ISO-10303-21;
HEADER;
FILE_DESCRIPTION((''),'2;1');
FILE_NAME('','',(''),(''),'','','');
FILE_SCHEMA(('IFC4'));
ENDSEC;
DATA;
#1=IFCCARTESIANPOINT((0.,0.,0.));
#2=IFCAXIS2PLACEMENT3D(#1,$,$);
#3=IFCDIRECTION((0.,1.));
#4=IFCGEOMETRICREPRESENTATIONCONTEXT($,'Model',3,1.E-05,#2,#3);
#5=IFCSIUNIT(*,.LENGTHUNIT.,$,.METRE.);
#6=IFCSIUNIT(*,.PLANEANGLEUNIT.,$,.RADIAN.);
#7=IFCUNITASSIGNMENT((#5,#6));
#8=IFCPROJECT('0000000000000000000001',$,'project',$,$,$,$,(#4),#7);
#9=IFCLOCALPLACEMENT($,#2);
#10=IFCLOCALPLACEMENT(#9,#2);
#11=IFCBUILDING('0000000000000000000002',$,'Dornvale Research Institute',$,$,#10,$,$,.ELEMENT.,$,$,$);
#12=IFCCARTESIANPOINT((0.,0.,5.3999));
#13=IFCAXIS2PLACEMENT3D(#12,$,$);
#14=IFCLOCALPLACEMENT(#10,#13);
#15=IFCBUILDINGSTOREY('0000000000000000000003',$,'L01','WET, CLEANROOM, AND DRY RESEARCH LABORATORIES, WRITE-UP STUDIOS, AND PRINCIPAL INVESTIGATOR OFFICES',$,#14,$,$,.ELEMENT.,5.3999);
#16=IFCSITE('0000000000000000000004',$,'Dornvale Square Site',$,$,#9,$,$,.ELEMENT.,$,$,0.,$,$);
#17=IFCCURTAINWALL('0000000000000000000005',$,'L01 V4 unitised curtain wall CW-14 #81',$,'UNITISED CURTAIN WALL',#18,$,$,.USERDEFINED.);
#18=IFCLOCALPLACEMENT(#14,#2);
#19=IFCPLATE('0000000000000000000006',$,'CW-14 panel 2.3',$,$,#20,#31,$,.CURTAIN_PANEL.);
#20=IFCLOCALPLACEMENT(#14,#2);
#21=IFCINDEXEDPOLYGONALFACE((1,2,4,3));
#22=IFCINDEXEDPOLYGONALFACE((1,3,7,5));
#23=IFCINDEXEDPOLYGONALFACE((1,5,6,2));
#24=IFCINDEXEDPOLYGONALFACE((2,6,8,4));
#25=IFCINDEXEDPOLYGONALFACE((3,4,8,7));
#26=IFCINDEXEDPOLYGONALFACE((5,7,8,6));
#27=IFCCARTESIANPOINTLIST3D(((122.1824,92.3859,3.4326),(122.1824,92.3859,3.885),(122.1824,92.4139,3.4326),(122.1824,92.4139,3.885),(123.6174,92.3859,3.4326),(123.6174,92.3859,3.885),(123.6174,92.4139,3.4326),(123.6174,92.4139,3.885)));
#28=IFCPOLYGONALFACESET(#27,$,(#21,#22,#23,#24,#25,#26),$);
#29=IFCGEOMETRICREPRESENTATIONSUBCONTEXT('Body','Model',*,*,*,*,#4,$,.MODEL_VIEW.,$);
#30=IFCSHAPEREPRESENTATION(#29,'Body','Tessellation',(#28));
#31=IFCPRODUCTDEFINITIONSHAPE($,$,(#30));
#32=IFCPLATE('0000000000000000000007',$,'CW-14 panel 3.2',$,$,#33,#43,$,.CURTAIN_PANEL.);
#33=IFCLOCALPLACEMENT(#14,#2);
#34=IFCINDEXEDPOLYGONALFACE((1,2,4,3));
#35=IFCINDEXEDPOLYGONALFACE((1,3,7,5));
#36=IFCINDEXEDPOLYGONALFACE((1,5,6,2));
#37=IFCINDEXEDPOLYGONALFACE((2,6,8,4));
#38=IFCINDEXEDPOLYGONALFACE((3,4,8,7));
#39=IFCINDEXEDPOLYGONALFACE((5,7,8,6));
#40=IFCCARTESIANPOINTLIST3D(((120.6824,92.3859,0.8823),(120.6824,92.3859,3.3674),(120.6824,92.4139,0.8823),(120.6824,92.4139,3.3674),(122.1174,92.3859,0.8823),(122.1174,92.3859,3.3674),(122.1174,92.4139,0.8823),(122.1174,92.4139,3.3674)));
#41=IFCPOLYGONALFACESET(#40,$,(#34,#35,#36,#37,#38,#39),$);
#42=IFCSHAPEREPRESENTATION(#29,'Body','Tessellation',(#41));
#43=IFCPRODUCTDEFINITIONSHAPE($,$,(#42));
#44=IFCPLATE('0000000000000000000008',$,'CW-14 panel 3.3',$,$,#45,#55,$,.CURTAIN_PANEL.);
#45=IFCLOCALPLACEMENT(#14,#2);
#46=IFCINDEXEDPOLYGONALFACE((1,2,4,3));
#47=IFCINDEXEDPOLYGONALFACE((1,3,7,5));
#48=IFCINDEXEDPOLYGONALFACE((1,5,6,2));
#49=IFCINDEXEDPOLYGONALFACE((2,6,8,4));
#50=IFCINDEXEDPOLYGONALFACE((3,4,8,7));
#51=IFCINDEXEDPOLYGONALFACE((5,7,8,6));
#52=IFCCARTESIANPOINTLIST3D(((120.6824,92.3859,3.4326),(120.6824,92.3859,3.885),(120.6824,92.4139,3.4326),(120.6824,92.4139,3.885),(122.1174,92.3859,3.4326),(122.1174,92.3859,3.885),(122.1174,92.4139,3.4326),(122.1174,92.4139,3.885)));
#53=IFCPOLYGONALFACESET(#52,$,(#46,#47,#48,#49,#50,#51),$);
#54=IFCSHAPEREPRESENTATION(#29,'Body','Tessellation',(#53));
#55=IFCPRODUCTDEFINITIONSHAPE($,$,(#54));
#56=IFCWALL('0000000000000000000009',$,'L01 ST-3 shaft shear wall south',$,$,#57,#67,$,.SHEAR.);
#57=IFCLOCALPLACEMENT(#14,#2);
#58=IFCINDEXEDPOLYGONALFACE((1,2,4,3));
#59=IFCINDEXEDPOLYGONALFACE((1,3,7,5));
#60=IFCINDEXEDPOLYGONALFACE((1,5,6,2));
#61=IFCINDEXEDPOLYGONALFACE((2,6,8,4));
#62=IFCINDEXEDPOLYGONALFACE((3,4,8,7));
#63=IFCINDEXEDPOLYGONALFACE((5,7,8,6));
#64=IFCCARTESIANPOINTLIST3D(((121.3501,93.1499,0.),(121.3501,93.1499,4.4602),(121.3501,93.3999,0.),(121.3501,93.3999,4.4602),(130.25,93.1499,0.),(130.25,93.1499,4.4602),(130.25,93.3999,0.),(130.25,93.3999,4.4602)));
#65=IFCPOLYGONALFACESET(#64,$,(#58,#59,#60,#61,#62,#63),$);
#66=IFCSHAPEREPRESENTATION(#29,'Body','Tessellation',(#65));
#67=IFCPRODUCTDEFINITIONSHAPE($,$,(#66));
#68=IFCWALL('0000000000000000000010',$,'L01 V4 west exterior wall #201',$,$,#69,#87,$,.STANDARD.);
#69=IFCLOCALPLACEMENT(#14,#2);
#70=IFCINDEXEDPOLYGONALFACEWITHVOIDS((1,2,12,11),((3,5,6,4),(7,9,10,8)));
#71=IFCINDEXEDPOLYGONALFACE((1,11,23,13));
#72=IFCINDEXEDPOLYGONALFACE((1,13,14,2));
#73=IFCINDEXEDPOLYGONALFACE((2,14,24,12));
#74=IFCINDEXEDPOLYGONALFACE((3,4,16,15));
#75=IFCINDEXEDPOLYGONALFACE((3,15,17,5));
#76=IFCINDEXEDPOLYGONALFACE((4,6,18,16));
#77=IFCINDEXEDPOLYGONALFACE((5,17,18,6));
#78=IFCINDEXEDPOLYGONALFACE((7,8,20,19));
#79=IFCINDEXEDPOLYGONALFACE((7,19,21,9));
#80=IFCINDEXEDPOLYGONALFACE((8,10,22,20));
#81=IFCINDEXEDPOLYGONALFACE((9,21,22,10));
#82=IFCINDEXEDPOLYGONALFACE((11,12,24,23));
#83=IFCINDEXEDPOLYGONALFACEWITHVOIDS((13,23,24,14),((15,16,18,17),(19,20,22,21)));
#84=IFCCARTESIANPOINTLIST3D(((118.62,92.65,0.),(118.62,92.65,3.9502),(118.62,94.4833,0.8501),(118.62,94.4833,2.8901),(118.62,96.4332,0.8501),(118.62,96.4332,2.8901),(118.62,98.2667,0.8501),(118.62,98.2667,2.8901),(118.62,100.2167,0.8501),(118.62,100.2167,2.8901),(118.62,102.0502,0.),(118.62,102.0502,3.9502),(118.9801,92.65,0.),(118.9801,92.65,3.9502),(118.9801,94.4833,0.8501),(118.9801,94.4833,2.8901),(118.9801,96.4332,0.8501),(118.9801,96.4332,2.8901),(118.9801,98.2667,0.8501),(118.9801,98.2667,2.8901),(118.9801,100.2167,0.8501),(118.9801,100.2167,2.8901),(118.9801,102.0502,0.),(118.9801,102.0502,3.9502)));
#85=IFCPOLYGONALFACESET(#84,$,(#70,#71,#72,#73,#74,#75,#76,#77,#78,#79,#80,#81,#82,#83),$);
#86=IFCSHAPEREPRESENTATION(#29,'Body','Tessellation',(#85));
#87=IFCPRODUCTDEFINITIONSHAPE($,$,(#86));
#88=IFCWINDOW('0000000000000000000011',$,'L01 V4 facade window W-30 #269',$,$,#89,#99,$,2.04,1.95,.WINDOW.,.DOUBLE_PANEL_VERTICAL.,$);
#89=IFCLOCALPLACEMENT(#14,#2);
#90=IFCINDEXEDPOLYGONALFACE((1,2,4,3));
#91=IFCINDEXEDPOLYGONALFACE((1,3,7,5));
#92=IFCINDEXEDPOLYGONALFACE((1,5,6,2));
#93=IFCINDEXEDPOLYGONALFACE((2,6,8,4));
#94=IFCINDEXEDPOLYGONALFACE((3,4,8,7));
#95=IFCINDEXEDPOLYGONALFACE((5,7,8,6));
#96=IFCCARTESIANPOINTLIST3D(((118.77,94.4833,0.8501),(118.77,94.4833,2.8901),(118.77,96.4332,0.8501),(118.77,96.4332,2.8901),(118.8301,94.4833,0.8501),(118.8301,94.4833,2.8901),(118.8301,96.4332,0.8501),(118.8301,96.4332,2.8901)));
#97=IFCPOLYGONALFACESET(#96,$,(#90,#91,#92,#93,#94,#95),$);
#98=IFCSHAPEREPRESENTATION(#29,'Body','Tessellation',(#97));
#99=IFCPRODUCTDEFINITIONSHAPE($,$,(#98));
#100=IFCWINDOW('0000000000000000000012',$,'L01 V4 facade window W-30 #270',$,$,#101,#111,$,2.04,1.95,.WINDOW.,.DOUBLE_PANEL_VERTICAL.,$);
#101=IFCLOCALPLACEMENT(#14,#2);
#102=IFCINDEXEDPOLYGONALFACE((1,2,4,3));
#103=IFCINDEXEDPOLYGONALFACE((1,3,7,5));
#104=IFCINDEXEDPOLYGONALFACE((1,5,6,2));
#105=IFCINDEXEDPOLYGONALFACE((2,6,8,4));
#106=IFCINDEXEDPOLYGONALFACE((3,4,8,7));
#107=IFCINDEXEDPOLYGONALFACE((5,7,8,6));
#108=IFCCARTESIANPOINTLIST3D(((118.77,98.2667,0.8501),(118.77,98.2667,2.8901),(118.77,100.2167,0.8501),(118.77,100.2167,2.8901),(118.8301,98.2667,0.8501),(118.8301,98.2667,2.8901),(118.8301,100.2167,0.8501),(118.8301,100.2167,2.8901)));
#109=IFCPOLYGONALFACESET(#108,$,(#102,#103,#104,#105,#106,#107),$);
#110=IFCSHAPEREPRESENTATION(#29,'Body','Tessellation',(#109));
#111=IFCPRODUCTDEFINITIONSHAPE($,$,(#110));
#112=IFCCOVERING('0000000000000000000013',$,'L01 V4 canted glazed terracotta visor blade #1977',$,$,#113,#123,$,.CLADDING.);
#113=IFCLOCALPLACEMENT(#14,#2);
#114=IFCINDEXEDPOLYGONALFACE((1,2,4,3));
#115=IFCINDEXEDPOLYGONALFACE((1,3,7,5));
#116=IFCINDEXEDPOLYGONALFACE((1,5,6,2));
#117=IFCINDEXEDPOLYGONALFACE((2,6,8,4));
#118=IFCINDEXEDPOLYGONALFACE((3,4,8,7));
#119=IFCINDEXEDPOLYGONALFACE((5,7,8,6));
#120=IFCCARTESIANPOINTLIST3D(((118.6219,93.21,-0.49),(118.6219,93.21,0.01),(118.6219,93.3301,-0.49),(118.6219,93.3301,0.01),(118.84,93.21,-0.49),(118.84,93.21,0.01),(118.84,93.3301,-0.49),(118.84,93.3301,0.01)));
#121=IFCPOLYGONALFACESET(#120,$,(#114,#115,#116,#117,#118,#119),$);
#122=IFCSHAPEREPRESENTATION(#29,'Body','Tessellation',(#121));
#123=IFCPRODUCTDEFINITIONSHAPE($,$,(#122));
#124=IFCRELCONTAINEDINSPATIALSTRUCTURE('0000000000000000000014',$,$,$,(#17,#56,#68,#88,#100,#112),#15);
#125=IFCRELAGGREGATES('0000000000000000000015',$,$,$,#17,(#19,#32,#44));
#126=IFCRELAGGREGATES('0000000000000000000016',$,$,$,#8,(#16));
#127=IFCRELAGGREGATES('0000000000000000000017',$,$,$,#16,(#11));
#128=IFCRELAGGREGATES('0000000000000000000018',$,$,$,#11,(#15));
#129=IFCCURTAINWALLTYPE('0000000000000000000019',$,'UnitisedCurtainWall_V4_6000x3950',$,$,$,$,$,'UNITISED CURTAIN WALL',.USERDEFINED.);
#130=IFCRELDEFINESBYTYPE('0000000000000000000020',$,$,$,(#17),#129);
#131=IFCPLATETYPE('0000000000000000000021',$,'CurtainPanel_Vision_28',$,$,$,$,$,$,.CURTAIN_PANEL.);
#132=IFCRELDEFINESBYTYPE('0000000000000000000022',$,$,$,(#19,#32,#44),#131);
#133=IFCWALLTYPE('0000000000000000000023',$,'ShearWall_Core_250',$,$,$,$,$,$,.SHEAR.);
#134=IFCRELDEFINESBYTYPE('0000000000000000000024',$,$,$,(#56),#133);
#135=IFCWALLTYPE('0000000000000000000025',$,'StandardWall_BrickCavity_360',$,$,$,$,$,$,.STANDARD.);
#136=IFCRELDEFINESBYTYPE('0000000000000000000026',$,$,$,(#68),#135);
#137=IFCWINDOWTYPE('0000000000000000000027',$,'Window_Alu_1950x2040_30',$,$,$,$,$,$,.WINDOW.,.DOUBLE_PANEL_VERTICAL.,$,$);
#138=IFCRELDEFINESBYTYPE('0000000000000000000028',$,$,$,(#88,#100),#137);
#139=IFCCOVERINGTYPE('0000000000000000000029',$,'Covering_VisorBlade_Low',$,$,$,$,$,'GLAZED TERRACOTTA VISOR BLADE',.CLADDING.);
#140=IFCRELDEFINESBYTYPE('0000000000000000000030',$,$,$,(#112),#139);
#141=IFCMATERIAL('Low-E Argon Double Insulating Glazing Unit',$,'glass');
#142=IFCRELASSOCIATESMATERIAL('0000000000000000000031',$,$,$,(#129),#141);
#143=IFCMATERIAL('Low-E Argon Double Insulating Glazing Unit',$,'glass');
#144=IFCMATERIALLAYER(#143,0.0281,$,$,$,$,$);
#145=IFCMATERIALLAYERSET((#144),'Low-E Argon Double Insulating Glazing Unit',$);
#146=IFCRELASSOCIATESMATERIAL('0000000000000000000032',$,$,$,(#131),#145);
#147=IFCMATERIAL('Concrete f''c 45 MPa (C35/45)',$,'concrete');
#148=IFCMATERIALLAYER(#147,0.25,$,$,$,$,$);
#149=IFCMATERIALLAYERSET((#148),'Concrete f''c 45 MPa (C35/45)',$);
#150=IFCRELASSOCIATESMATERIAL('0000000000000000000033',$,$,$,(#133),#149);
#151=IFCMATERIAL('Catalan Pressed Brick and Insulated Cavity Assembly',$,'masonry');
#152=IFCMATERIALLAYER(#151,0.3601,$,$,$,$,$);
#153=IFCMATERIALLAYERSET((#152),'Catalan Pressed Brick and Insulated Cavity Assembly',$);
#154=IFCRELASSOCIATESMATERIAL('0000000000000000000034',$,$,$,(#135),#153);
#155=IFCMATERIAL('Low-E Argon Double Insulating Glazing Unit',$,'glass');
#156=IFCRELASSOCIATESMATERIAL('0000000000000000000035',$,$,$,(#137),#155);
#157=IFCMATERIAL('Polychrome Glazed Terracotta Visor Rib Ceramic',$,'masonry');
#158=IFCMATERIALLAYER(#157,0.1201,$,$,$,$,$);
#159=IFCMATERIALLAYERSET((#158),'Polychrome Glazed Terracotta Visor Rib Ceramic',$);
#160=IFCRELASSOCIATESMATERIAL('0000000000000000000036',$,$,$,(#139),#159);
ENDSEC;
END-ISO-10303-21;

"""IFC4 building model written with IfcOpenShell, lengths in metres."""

from ifc_helpers import new_model, si_unit, direction, frame, frame_2d, origin, origin_2d, place, context, subcontext, project, spatial, rectangle, extrude, material, layer, layer_set, type_object, element, fill, aggregate, save


model = new_model("IFC4")

# Units and contexts
model_context = context("Model", 3, precision=1e-05, world=origin(), true_north=direction((0.0, 1.0)))
body_context = subcontext(model_context, "Body", "Model", "MODEL_VIEW")
ifc_project = project(units=[si_unit("LENGTHUNIT", "METRE"), si_unit("PLANEANGLEUNIT", "RADIAN")], contexts=[model_context])

# Site, building, storey
site_placement = place(None, origin())
site = spatial("IfcSite", under=ifc_project, at=site_placement, Name="Dornvale Square Site", CompositionType="ELEMENT", RefElevation=0.0)
building_placement = place(site_placement, origin())
building = spatial("IfcBuilding", under=site, at=building_placement, Name="Dornvale Research Institute", CompositionType="ELEMENT")
storey_placement = place(building_placement, frame((0.0, 0.0, 5.3999)))
storey = spatial("IfcBuildingStorey", under=building, at=storey_placement, Name="L01", Description="WET, CLEANROOM, AND DRY RESEARCH LABORATORIES, WRITE-UP STUDIOS, AND PRINCIPAL INVESTIGATOR OFFICES", CompositionType="ELEMENT", Elevation=5.3999)

# Curtain wall
ifc_material_1 = material(Name="Low-E Argon Double Insulating Glazing Unit", Category="glass")
curtain_wall_type = type_object("IfcCurtainWallType", Name="UnitisedCurtainWall_V4_6000x3950", ElementType="UNITISED CURTAIN WALL", PredefinedType="USERDEFINED", material=ifc_material_1)
curtain_wall_placement = place(storey_placement, origin())
curtain_wall = element("IfcCurtainWall", 1, at=curtain_wall_placement, inside=storey, type_object=curtain_wall_type, Name="L01 V4 unitised curtain wall CW-14 #81", ObjectType="UNITISED CURTAIN WALL", PredefinedType="USERDEFINED")

# Plates
ifc_material_2 = material(Name="Low-E Argon Double Insulating Glazing Unit", Category="glass")
ifc_layer_1 = layer(ifc_material_2, 0.0281)
ifc_layer_set_1 = layer_set([ifc_layer_1], Name="Low-E Argon Double Insulating Glazing Unit")
plate_type_1 = type_object("IfcPlateType", Name="CurtainPanel_Vision_28", PredefinedType="CURTAIN_PANEL", material=ifc_layer_set_1)
plate_1_placement = place(storey_placement, frame((122.8999, 92.3999, 3.4326), z_axis=(0.0, 0.0, 1.0), x_axis=(-1.0, 0.0, 0.0)))
plate_1 = element("IfcPlate", 2, at=plate_1_placement, type_object=plate_type_1, Name="CW-14 panel 2.3", PredefinedType="CURTAIN_PANEL", context=body_context, shape_type="SweptSolid", body=[
    extrude(rectangle(XDim=1.4351, YDim=0.0281, at=origin_2d()), origin(), (0.0, 0.0, 1.0), 0.4524),
])
plate_2_placement = place(storey_placement, frame((121.3999, 92.3999, 0.8823), z_axis=(0.0, 0.0, 1.0), x_axis=(-1.0, 0.0, 0.0)))
plate_2 = element("IfcPlate", 3, at=plate_2_placement, type_object=plate_type_1, Name="CW-14 panel 3.2", PredefinedType="CURTAIN_PANEL", context=body_context, shape_type="SweptSolid", body=[
    extrude(rectangle(XDim=1.4351, YDim=0.0281, at=origin_2d()), origin(), (0.0, 0.0, 1.0), 2.4851),
])
plate_3_placement = place(storey_placement, frame((121.3999, 92.3999, 3.4326), z_axis=(0.0, 0.0, 1.0), x_axis=(-1.0, 0.0, 0.0)))
plate_3 = element("IfcPlate", 4, at=plate_3_placement, type_object=plate_type_1, Name="CW-14 panel 3.3", PredefinedType="CURTAIN_PANEL", context=body_context, shape_type="SweptSolid", body=[
    extrude(rectangle(XDim=1.4351, YDim=0.0281, at=origin_2d()), origin(), (0.0, 0.0, 1.0), 0.4524),
])
aggregate(curtain_wall, [plate_1, plate_2, plate_3])

# Wall
ifc_material_3 = material(Name="Concrete f'c 45 MPa (C35/45)", Category="concrete")
ifc_layer_2 = layer(ifc_material_3, 0.25)
ifc_layer_set_2 = layer_set([ifc_layer_2], Name="Concrete f'c 45 MPa (C35/45)")
wall_type_1 = type_object("IfcWallType", Name="ShearWall_Core_250", PredefinedType="SHEAR", material=ifc_layer_set_2)
wall_1_placement = place(storey_placement, frame((121.3501, 93.2749, 0.0), z_axis=(0.0, 0.0, 1.0), x_axis=(1.0, 0.0, 0.0)))
element("IfcWall", 5, at=wall_1_placement, inside=storey, type_object=wall_type_1, Name="L01 ST-3 shaft shear wall south", PredefinedType="SHEAR", context=body_context, shape_type="SweptSolid", body=[
    extrude(rectangle(XDim=8.8999, YDim=0.25, at=frame_2d((4.45, 0.0))), origin(), (0.0, 0.0, 1.0), 4.4602),
])

# Wall, openings, windows
ifc_material_4 = material(Name="Catalan Pressed Brick and Insulated Cavity Assembly", Category="masonry")
ifc_layer_3 = layer(ifc_material_4, 0.3601)
ifc_layer_set_3 = layer_set([ifc_layer_3], Name="Catalan Pressed Brick and Insulated Cavity Assembly")
wall_type_2 = type_object("IfcWallType", Name="StandardWall_BrickCavity_360", PredefinedType="STANDARD", material=ifc_layer_set_3)
wall_2_placement = place(storey_placement, frame((118.8, 92.6499, 0.0), z_axis=(0.0, 0.0, 1.0), x_axis=(0.0, 1.0, 0.0)))
wall_2 = element("IfcWall", 6, at=wall_2_placement, inside=storey, type_object=wall_type_2, Name="L01 V4 west exterior wall #201", PredefinedType="STANDARD", context=body_context, shape_type="SweptSolid", body=[
    extrude(rectangle(XDim=9.4001, YDim=0.3601, at=frame_2d((4.7002, 0.0))), origin(), (0.0, 0.0, 1.0), 3.9502),
])
opening_1_placement = place(wall_2_placement, frame((1.8333, 0.0, 0.8501)))
opening_1 = element("IfcOpeningElement", 7, at=opening_1_placement, cuts=wall_2, PredefinedType="OPENING", context=body_context, shape_type="SweptSolid", body=[
    extrude(rectangle(XDim=1.95, YDim=2.04, at=frame_2d((0.9751, 1.02))), frame((0.0, 0.1951, 0.0), z_axis=(0.0, -1.0, 0.0), x_axis=(1.0, 0.0, 0.0)), (0.0, 0.0, 1.0), 0.3901),
])
opening_2_placement = place(wall_2_placement, frame((5.6167, 0.0, 0.8501)))
opening_2 = element("IfcOpeningElement", 8, at=opening_2_placement, cuts=wall_2, PredefinedType="OPENING", context=body_context, shape_type="SweptSolid", body=[
    extrude(rectangle(XDim=1.95, YDim=2.04, at=frame_2d((0.9751, 1.02))), frame((0.0, 0.1951, 0.0), z_axis=(0.0, -1.0, 0.0), x_axis=(1.0, 0.0, 0.0)), (0.0, 0.0, 1.0), 0.3901),
])
ifc_material_5 = material(Name="Low-E Argon Double Insulating Glazing Unit", Category="glass")
window_type = type_object("IfcWindowType", Name="Window_Alu_1950x2040_30", PartitioningType="DOUBLE_PANEL_VERTICAL", PredefinedType="WINDOW", material=ifc_material_5)
window_1_placement = place(opening_1_placement, origin())
window_1 = element("IfcWindow", 9, at=window_1_placement, inside=storey, type_object=window_type, Name="L01 V4 facade window W-30 #269", OverallHeight=2.04, OverallWidth=1.95, PartitioningType="DOUBLE_PANEL_VERTICAL", PredefinedType="WINDOW", context=body_context, shape_type="SweptSolid", body=[
    extrude(rectangle(XDim=1.95, YDim=2.04, at=frame_2d((0.9751, 1.02))), frame((0.0, 0.03, 0.0), z_axis=(0.0, -1.0, 0.0), x_axis=(1.0, 0.0, 0.0)), (0.0, 0.0, 1.0), 0.0601),
])
fill(opening_1, window_1)
window_2_placement = place(opening_2_placement, origin())
window_2 = element("IfcWindow", 10, at=window_2_placement, inside=storey, type_object=window_type, Name="L01 V4 facade window W-30 #270", OverallHeight=2.04, OverallWidth=1.95, PartitioningType="DOUBLE_PANEL_VERTICAL", PredefinedType="WINDOW", context=body_context, shape_type="SweptSolid", body=[
    extrude(rectangle(XDim=1.95, YDim=2.04, at=frame_2d((0.9751, 1.02))), frame((0.0, 0.03, 0.0), z_axis=(0.0, -1.0, 0.0), x_axis=(1.0, 0.0, 0.0)), (0.0, 0.0, 1.0), 0.0601),
])
fill(opening_2, window_2)

# Covering
ifc_material_6 = material(Name="Polychrome Glazed Terracotta Visor Rib Ceramic", Category="masonry")
ifc_layer_4 = layer(ifc_material_6, 0.1201)
ifc_layer_set_4 = layer_set([ifc_layer_4], Name="Polychrome Glazed Terracotta Visor Rib Ceramic")
covering_type = type_object("IfcCoveringType", Name="Covering_VisorBlade_Low", ElementType="GLAZED TERRACOTTA VISOR BLADE", PredefinedType="CLADDING", material=ifc_layer_set_4)
covering_placement = place(storey_placement, frame((118.731, 93.27, -0.49), z_axis=(0.0, 0.0, 1.0), x_axis=(1.0, 0.0, 0.0)))
element("IfcCovering", 11, at=covering_placement, inside=storey, type_object=covering_type, Name="L01 V4 canted glazed terracotta visor blade #1977", PredefinedType="CLADDING", context=body_context, shape_type="SweptSolid", body=[
    extrude(rectangle(XDim=0.218, YDim=0.1201, at=origin_2d()), origin(), (0.0, 0.0, 1.0), 0.5),
])

save(model, "model.ifc")
